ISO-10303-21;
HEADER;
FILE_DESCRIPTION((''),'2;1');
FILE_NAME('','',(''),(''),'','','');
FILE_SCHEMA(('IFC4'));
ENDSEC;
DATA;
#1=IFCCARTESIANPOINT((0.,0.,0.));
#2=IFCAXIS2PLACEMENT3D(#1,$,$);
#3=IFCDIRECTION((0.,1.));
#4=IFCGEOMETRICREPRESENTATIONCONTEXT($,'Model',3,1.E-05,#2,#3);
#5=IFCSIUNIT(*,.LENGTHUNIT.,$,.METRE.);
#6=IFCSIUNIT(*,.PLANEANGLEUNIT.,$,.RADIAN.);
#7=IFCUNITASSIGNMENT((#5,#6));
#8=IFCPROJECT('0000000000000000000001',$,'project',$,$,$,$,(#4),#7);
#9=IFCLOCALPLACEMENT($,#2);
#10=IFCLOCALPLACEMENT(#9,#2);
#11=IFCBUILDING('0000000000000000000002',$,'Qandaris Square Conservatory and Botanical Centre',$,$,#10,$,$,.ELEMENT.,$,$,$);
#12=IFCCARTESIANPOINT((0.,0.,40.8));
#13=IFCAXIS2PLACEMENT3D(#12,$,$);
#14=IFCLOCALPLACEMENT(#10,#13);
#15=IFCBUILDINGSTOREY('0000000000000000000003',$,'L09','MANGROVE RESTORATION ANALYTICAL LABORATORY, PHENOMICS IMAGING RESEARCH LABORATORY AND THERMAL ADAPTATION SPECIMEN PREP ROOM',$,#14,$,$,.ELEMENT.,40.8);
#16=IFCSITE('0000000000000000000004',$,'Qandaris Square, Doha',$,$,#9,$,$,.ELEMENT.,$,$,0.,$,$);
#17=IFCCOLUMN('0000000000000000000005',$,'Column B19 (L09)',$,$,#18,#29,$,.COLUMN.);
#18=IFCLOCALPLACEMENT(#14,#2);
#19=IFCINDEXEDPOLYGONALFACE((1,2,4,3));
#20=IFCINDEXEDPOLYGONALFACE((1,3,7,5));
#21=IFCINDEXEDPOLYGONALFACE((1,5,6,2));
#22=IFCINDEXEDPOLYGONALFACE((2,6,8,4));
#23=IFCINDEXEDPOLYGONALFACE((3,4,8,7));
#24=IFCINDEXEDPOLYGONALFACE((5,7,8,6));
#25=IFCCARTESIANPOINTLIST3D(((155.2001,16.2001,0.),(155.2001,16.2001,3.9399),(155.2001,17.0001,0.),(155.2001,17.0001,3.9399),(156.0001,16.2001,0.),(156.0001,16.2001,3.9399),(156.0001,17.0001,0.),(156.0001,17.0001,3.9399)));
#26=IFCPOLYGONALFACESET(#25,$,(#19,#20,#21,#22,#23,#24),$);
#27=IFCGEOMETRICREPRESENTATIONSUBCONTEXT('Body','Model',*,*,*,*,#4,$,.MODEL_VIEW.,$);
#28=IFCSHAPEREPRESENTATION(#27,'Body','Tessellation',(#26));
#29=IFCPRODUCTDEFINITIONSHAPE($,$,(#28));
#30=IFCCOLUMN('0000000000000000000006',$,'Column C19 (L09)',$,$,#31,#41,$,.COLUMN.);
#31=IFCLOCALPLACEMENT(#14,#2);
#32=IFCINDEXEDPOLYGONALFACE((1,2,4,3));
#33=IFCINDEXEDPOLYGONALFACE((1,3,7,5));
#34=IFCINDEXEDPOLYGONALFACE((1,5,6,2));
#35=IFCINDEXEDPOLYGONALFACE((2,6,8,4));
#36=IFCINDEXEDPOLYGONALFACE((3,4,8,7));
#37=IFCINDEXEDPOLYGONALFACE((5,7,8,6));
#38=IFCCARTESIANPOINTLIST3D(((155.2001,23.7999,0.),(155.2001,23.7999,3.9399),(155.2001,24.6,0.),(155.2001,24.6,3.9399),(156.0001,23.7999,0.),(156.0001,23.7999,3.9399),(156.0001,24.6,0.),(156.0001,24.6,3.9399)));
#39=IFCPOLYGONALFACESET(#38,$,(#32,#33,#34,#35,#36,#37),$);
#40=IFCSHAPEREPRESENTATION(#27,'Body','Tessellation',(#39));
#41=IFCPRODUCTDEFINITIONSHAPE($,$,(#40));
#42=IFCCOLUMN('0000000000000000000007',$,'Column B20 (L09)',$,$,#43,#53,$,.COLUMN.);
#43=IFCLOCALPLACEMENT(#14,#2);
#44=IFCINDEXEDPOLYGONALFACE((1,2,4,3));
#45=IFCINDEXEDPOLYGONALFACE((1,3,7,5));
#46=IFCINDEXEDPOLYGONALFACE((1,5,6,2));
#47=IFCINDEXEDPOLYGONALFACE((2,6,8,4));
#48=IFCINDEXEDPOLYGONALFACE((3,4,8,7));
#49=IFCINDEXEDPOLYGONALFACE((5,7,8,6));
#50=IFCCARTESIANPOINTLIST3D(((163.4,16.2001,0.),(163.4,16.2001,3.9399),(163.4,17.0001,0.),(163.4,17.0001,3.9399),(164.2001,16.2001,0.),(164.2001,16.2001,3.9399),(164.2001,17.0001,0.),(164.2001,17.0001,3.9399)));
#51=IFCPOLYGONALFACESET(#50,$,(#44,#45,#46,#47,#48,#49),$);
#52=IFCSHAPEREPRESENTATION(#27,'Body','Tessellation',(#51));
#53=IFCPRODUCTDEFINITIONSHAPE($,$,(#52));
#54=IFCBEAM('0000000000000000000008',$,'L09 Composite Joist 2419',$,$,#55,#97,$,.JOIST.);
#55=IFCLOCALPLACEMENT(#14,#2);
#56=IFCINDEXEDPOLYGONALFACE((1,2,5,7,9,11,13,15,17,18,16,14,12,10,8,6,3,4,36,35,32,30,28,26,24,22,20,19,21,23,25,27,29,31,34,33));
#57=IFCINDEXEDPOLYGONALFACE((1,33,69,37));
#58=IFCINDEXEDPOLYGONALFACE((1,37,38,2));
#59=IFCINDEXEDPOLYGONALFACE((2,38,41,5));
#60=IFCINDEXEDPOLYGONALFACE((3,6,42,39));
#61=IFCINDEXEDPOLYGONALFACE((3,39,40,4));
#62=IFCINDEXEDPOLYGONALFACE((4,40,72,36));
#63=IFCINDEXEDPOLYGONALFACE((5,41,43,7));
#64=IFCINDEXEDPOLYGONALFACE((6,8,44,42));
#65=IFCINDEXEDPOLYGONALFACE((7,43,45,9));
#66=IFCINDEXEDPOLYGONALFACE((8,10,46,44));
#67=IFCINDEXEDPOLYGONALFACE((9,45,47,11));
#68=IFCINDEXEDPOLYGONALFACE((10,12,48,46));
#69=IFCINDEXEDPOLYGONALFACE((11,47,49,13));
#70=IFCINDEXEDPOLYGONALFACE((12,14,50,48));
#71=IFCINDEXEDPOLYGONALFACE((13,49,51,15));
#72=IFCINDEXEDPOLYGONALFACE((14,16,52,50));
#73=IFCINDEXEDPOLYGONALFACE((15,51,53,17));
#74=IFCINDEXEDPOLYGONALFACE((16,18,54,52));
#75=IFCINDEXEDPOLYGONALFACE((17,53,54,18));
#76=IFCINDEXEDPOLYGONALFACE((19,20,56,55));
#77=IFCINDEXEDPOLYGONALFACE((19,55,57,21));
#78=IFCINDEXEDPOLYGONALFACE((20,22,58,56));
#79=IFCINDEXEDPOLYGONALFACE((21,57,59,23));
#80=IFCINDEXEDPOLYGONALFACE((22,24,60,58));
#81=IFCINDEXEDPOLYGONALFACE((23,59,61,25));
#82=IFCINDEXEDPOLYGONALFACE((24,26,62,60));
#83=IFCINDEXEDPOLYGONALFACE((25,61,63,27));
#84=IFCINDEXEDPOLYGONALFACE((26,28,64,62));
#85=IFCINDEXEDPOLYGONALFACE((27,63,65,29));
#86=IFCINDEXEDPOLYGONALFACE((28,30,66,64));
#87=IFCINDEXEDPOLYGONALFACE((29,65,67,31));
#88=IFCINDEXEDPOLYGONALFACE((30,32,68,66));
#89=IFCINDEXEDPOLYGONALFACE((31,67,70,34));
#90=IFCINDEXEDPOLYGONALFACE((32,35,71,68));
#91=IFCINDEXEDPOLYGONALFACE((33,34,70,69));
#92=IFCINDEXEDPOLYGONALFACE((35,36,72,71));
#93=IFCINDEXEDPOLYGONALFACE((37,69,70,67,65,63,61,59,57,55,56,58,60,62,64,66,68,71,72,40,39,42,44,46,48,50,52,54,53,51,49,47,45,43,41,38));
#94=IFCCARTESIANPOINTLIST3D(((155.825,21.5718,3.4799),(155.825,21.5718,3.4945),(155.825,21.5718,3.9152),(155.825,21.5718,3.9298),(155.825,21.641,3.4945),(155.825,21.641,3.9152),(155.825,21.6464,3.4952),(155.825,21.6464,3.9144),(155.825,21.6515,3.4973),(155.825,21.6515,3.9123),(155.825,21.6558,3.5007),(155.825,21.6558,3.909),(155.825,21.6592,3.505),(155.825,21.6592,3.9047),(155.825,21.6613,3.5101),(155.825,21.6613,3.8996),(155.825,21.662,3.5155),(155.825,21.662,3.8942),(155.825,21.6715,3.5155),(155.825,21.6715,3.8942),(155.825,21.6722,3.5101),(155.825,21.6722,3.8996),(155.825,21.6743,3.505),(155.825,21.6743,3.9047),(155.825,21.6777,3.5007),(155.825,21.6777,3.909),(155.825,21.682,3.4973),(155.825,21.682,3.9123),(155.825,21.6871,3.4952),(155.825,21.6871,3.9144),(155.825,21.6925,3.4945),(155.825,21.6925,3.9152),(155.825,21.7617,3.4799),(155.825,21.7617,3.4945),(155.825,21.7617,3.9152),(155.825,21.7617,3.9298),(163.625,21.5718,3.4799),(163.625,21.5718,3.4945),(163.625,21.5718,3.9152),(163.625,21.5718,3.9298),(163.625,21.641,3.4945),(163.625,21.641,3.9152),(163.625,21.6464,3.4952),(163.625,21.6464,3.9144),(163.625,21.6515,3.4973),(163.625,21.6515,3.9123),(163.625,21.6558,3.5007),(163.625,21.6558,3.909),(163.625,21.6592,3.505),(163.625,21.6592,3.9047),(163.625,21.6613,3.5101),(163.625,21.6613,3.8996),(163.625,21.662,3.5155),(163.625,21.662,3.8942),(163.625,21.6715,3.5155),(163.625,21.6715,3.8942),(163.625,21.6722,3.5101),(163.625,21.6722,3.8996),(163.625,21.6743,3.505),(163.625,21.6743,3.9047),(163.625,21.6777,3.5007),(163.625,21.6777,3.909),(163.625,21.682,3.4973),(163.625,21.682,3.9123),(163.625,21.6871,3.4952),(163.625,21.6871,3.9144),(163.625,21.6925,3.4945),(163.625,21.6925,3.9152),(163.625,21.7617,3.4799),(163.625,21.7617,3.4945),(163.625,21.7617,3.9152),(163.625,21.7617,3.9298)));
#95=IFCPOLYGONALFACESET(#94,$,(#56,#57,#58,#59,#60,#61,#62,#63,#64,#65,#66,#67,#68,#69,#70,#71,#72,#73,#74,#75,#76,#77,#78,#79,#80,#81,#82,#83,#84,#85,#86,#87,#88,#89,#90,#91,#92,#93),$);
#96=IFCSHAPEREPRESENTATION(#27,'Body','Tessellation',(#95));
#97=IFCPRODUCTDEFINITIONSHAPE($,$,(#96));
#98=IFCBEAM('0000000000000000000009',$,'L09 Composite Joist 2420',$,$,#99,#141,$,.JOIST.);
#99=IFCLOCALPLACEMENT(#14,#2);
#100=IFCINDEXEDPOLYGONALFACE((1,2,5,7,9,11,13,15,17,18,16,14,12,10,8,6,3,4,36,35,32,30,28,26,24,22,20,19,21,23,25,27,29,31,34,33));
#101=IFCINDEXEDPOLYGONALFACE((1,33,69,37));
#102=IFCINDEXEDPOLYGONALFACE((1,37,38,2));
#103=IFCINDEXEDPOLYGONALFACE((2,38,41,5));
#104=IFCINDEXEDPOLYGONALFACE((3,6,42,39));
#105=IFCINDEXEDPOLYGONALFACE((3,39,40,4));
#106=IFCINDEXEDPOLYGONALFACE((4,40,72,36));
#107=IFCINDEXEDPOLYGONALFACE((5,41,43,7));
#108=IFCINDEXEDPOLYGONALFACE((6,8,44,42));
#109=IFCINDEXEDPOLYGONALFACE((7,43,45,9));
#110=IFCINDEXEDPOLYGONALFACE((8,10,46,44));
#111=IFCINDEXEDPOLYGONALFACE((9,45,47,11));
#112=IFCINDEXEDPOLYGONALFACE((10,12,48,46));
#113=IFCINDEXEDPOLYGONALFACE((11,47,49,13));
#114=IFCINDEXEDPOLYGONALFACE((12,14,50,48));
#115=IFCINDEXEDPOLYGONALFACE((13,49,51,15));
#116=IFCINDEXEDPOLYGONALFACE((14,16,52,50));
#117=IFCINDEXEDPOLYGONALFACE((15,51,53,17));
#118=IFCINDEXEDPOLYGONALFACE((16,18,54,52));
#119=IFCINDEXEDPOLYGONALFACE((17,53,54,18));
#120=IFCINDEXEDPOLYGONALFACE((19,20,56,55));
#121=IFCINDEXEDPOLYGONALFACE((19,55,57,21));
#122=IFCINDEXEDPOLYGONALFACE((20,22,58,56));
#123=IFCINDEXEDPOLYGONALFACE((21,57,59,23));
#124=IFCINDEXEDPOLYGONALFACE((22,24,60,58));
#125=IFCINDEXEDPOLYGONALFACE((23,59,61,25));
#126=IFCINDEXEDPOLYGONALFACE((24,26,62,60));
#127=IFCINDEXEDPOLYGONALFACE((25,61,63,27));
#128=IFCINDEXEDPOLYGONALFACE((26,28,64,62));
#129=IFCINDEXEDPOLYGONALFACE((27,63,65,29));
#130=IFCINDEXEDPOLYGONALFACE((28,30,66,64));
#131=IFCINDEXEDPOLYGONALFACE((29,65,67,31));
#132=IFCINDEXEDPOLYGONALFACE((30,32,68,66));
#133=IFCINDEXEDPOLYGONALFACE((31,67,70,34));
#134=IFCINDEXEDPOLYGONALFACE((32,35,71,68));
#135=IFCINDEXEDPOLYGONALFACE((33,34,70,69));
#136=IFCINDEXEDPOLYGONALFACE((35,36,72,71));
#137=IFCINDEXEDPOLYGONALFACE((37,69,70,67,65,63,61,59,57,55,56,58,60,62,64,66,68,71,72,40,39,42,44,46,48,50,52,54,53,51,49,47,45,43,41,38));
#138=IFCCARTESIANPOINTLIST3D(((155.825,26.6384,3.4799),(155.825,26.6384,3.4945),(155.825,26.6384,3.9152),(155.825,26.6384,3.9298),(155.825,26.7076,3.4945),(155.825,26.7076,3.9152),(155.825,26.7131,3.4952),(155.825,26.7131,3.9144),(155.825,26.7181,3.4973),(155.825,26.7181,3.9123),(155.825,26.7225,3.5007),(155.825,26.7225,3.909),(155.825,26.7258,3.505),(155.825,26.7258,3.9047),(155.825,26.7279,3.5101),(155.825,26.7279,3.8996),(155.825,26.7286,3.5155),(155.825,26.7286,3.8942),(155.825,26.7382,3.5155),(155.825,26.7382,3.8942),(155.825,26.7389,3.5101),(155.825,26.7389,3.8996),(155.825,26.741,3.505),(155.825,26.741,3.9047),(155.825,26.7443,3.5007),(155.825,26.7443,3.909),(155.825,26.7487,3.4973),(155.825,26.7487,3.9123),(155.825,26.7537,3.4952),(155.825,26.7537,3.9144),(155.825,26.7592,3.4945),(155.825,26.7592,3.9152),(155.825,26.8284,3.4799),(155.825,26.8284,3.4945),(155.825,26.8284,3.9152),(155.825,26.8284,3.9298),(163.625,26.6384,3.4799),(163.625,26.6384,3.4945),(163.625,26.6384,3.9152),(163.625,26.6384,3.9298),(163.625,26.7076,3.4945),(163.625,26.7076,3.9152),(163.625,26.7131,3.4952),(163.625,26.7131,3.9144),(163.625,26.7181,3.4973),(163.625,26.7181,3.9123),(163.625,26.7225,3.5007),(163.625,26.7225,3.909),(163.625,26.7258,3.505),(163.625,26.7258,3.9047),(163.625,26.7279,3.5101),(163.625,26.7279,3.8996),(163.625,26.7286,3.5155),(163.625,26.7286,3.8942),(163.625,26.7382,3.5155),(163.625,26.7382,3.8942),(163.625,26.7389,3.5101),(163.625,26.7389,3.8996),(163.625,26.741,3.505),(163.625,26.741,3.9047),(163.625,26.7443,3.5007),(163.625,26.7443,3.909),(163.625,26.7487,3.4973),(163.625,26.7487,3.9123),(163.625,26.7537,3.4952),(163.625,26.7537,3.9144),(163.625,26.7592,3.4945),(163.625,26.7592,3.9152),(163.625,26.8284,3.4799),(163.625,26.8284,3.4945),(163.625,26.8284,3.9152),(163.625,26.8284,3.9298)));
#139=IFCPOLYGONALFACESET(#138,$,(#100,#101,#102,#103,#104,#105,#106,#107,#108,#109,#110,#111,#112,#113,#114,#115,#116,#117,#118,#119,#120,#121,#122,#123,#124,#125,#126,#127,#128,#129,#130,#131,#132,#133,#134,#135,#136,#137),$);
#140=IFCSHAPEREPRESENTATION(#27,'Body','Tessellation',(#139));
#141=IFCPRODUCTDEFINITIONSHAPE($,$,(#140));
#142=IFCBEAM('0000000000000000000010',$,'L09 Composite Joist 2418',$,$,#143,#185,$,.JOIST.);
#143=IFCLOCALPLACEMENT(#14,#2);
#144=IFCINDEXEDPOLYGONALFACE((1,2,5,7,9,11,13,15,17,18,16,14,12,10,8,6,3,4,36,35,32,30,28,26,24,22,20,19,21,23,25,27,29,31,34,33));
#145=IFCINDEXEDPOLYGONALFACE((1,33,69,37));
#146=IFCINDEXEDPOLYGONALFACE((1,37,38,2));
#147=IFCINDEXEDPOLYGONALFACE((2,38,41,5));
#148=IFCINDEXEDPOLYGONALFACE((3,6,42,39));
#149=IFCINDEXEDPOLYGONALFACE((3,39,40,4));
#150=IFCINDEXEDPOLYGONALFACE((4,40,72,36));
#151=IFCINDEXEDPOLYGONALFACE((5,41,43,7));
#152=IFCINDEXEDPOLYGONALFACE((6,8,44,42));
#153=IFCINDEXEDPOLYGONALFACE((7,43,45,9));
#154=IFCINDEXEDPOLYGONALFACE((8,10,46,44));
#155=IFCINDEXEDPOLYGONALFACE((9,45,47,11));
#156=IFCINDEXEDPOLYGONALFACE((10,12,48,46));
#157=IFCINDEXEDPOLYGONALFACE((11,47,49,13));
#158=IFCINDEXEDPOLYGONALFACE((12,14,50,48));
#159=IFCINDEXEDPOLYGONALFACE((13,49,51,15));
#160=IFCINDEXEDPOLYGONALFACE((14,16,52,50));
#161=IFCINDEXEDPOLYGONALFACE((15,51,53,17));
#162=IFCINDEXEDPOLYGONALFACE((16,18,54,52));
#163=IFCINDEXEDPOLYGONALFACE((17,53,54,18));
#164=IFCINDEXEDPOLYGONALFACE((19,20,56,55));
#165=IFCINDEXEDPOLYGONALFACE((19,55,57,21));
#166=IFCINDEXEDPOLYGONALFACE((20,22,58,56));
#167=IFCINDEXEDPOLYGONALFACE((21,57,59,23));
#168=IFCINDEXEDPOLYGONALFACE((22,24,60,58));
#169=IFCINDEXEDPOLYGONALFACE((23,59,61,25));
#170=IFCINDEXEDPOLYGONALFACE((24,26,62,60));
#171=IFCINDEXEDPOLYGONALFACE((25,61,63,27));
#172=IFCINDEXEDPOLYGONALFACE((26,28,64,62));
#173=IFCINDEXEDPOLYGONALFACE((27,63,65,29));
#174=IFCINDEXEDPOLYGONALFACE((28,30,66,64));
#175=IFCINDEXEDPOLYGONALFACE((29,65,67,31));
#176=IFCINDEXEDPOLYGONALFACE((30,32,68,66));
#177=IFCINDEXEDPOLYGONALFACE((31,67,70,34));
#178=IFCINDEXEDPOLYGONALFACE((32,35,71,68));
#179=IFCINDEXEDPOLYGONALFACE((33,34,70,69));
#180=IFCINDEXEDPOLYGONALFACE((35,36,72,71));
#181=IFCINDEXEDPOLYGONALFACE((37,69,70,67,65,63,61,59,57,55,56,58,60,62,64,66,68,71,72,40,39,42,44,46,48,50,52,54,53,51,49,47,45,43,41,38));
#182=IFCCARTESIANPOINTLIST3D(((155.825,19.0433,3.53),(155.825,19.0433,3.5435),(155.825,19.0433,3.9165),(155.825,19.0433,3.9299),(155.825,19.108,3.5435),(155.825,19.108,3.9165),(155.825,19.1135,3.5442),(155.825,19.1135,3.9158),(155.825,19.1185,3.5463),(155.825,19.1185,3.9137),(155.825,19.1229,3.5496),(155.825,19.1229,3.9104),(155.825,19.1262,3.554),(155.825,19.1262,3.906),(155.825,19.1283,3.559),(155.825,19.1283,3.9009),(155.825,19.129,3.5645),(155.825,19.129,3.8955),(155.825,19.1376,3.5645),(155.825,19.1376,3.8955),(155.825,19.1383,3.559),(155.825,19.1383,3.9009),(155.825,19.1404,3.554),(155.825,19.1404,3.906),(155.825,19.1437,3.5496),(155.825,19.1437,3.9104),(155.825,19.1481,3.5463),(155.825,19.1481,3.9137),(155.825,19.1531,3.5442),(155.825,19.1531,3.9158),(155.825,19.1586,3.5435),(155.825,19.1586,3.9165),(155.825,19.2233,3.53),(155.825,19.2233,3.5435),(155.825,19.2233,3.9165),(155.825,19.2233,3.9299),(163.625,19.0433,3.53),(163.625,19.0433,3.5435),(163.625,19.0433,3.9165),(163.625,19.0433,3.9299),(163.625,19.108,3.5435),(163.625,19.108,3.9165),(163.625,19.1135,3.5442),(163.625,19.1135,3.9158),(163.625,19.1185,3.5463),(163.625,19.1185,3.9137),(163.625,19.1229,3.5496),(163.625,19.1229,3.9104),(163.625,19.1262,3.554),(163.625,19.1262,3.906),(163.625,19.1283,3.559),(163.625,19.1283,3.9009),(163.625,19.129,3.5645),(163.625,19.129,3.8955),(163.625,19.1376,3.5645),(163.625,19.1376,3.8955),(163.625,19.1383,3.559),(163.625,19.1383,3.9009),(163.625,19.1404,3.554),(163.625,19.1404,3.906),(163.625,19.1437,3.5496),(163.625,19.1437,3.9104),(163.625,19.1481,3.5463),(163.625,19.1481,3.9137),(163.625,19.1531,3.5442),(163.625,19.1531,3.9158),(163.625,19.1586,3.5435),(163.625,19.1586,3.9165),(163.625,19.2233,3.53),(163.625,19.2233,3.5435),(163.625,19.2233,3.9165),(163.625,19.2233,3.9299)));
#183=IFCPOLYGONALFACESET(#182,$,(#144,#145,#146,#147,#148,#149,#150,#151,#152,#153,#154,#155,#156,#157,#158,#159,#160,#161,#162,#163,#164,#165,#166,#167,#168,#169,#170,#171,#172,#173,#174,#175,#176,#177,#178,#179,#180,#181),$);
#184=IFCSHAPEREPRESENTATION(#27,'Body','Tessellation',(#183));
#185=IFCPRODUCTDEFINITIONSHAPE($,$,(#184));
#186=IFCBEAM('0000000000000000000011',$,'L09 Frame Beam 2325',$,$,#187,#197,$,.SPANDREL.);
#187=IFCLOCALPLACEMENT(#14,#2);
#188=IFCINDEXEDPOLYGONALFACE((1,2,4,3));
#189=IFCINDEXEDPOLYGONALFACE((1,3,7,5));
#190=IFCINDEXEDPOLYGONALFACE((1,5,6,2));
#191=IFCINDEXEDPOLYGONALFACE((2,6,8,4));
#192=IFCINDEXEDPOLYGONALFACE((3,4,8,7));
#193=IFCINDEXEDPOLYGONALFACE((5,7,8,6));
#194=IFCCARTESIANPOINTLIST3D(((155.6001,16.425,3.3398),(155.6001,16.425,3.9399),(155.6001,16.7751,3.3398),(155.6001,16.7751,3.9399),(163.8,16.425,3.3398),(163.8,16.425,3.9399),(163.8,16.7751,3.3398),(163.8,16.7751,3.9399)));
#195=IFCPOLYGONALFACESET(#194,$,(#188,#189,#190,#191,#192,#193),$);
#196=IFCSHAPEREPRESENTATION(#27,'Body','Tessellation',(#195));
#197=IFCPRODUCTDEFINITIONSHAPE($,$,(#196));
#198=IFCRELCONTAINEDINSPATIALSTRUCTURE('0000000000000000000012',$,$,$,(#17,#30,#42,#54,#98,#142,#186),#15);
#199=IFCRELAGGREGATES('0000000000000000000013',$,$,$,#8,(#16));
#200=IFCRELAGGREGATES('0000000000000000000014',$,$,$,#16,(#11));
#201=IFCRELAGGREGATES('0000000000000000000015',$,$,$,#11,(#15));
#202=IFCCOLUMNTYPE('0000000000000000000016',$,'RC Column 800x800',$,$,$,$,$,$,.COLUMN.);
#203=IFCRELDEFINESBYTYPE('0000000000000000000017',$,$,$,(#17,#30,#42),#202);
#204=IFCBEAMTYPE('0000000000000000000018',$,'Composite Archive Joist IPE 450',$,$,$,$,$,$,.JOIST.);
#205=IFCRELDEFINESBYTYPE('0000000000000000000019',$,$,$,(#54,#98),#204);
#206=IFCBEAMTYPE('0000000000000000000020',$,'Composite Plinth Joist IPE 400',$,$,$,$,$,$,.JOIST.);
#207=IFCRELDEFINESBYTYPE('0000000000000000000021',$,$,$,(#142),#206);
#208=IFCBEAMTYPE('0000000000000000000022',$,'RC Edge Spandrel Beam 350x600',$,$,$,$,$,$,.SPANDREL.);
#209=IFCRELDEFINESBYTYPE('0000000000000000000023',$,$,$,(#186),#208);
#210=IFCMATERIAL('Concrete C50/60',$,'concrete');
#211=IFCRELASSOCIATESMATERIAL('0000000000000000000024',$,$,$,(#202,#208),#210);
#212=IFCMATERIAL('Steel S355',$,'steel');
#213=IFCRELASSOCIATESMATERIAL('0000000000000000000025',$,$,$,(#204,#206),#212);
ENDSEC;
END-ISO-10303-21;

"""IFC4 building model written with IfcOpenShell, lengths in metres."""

from ifc_helpers import new_model, si_unit, direction, frame, origin, origin_2d, place, context, subcontext, project, spatial, rectangle, i_section, extrude, material, material_profile, profile_set, type_object, element, save


model = new_model("IFC4")

# Units and contexts
model_context = context("Model", 3, precision=1e-05, world=origin(), true_north=direction((0.0, 1.0)))
body_context = subcontext(model_context, "Body", "Model", "MODEL_VIEW")
ifc_project = project(units=[si_unit("LENGTHUNIT", "METRE"), si_unit("PLANEANGLEUNIT", "RADIAN")], contexts=[model_context])

# Site, building, storey
site_placement = place(None, origin())
site = spatial("IfcSite", under=ifc_project, at=site_placement, Name="Qandaris Square, Doha", CompositionType="ELEMENT", RefElevation=0.0)
building_placement = place(site_placement, origin())
building = spatial("IfcBuilding", under=site, at=building_placement, Name="Qandaris Square Conservatory and Botanical Centre", CompositionType="ELEMENT")
storey_placement = place(building_placement, frame((0.0, 0.0, 40.8)))
storey = spatial("IfcBuildingStorey", under=building, at=storey_placement, Name="L09", Description="MANGROVE RESTORATION ANALYTICAL LABORATORY, PHENOMICS IMAGING RESEARCH LABORATORY AND THERMAL ADAPTATION SPECIMEN PREP ROOM", CompositionType="ELEMENT", Elevation=40.8)

# Columns
ifc_material_1 = material(Name="Concrete C50/60", Category="concrete")
ifc_material_profile_1 = material_profile(ifc_material_1, rectangle(XDim=0.8, YDim=0.8, at=origin_2d()), Name="RC-COL 800x800")
ifc_profile_set_1 = profile_set([ifc_material_profile_1], Name="Concrete C50/60")
column_type = type_object("IfcColumnType", Name="RC Column 800x800", PredefinedType="COLUMN", material=ifc_profile_set_1)
for number, where, z_axis, x_axis, name in (
    (1, (155.6001, 16.6001, 0.0), (0.0, 0.0, 1.0), (1.0, 0.0, 0.0), "Column B19 (L09)"),
    (2, (155.6001, 24.2, 0.0), (0.0, 0.0, 1.0), (1.0, 0.0, 0.0), "Column C19 (L09)"),
    (3, (163.8, 16.6001, 0.0), (0.0, 0.0, 1.0), (1.0, 0.0, 0.0), "Column B20 (L09)"),
):
    element("IfcColumn", number, at=place(storey_placement, frame(where, z_axis=z_axis, x_axis=x_axis)), inside=storey, type_object=column_type, Name=name, PredefinedType="COLUMN", context=body_context, shape_type="SweptSolid", body=[
        extrude(rectangle(XDim=0.8, YDim=0.8, at=origin_2d()), origin(), (0.0, 0.0, 1.0), 3.9399),
    ])

# Beams
ifc_material_2 = material(Name="Steel S355", Category="steel")
ifc_material_profile_2 = material_profile(ifc_material_2, i_section(OverallWidth=0.1899, OverallDepth=0.45, WebThickness=0.0095, FlangeThickness=0.0146, FilletRadius=0.021, at=origin_2d()), Name="IPE 450")
ifc_profile_set_2 = profile_set([ifc_material_profile_2], Name="Steel S355")
beam_type_1 = type_object("IfcBeamType", Name="Composite Archive Joist IPE 450", PredefinedType="JOIST", material=ifc_profile_set_2)
for number, where, z_axis, x_axis, name in (
    (4, (155.825, 21.6667, 3.7048), (1.0, 0.0, 0.0), (0.0, 1.0, 0.0), "L09 Composite Joist 2419"),
    (5, (155.825, 26.7334, 3.7048), (1.0, 0.0, 0.0), (0.0, 1.0, 0.0), "L09 Composite Joist 2420"),
):
    element("IfcBeam", number, at=place(storey_placement, frame(where, z_axis=z_axis, x_axis=x_axis)), inside=storey, type_object=beam_type_1, Name=name, PredefinedType="JOIST", context=body_context, shape_type="SweptSolid", body=[
        extrude(i_section(OverallWidth=0.1899, OverallDepth=0.45, WebThickness=0.0095, FlangeThickness=0.0146, FilletRadius=0.021, at=origin_2d()), origin(), (0.0, 0.0, 1.0), 7.8),
    ])
ifc_material_profile_3 = material_profile(ifc_material_2, i_section(OverallWidth=0.1799, OverallDepth=0.3999, WebThickness=0.0085, FlangeThickness=0.0134, FilletRadius=0.021, at=origin_2d()), Name="IPE 400")
ifc_profile_set_3 = profile_set([ifc_material_profile_3], Name="Steel S355")
beam_type_2 = type_object("IfcBeamType", Name="Composite Plinth Joist IPE 400", PredefinedType="JOIST", material=ifc_profile_set_3)
beam_1_placement = place(storey_placement, frame((155.825, 19.1333, 3.73), z_axis=(1.0, 0.0, 0.0), x_axis=(0.0, 1.0, 0.0)))
element("IfcBeam", 6, at=beam_1_placement, inside=storey, type_object=beam_type_2, Name="L09 Composite Joist 2418", PredefinedType="JOIST", context=body_context, shape_type="SweptSolid", body=[
    extrude(i_section(OverallWidth=0.1799, OverallDepth=0.3999, WebThickness=0.0085, FlangeThickness=0.0134, FilletRadius=0.021, at=origin_2d()), origin(), (0.0, 0.0, 1.0), 7.8),
])
ifc_material_profile_4 = material_profile(ifc_material_1, rectangle(XDim=0.3501, YDim=0.6001, at=origin_2d()), Name="RC-SP 350x600")
ifc_profile_set_4 = profile_set([ifc_material_profile_4], Name="Concrete C50/60")
beam_type_3 = type_object("IfcBeamType", Name="RC Edge Spandrel Beam 350x600", PredefinedType="SPANDREL", material=ifc_profile_set_4)
beam_2_placement = place(storey_placement, frame((155.6001, 16.6001, 3.6399), z_axis=(1.0, 0.0, 0.0), x_axis=(0.0, 1.0, 0.0)))
element("IfcBeam", 7, at=beam_2_placement, inside=storey, type_object=beam_type_3, Name="L09 Frame Beam 2325", PredefinedType="SPANDREL", context=body_context, shape_type="SweptSolid", body=[
    extrude(rectangle(XDim=0.3501, YDim=0.6001, at=origin_2d()), origin(), (0.0, 0.0, 1.0), 8.2),
])

save(model, "model.ifc")
